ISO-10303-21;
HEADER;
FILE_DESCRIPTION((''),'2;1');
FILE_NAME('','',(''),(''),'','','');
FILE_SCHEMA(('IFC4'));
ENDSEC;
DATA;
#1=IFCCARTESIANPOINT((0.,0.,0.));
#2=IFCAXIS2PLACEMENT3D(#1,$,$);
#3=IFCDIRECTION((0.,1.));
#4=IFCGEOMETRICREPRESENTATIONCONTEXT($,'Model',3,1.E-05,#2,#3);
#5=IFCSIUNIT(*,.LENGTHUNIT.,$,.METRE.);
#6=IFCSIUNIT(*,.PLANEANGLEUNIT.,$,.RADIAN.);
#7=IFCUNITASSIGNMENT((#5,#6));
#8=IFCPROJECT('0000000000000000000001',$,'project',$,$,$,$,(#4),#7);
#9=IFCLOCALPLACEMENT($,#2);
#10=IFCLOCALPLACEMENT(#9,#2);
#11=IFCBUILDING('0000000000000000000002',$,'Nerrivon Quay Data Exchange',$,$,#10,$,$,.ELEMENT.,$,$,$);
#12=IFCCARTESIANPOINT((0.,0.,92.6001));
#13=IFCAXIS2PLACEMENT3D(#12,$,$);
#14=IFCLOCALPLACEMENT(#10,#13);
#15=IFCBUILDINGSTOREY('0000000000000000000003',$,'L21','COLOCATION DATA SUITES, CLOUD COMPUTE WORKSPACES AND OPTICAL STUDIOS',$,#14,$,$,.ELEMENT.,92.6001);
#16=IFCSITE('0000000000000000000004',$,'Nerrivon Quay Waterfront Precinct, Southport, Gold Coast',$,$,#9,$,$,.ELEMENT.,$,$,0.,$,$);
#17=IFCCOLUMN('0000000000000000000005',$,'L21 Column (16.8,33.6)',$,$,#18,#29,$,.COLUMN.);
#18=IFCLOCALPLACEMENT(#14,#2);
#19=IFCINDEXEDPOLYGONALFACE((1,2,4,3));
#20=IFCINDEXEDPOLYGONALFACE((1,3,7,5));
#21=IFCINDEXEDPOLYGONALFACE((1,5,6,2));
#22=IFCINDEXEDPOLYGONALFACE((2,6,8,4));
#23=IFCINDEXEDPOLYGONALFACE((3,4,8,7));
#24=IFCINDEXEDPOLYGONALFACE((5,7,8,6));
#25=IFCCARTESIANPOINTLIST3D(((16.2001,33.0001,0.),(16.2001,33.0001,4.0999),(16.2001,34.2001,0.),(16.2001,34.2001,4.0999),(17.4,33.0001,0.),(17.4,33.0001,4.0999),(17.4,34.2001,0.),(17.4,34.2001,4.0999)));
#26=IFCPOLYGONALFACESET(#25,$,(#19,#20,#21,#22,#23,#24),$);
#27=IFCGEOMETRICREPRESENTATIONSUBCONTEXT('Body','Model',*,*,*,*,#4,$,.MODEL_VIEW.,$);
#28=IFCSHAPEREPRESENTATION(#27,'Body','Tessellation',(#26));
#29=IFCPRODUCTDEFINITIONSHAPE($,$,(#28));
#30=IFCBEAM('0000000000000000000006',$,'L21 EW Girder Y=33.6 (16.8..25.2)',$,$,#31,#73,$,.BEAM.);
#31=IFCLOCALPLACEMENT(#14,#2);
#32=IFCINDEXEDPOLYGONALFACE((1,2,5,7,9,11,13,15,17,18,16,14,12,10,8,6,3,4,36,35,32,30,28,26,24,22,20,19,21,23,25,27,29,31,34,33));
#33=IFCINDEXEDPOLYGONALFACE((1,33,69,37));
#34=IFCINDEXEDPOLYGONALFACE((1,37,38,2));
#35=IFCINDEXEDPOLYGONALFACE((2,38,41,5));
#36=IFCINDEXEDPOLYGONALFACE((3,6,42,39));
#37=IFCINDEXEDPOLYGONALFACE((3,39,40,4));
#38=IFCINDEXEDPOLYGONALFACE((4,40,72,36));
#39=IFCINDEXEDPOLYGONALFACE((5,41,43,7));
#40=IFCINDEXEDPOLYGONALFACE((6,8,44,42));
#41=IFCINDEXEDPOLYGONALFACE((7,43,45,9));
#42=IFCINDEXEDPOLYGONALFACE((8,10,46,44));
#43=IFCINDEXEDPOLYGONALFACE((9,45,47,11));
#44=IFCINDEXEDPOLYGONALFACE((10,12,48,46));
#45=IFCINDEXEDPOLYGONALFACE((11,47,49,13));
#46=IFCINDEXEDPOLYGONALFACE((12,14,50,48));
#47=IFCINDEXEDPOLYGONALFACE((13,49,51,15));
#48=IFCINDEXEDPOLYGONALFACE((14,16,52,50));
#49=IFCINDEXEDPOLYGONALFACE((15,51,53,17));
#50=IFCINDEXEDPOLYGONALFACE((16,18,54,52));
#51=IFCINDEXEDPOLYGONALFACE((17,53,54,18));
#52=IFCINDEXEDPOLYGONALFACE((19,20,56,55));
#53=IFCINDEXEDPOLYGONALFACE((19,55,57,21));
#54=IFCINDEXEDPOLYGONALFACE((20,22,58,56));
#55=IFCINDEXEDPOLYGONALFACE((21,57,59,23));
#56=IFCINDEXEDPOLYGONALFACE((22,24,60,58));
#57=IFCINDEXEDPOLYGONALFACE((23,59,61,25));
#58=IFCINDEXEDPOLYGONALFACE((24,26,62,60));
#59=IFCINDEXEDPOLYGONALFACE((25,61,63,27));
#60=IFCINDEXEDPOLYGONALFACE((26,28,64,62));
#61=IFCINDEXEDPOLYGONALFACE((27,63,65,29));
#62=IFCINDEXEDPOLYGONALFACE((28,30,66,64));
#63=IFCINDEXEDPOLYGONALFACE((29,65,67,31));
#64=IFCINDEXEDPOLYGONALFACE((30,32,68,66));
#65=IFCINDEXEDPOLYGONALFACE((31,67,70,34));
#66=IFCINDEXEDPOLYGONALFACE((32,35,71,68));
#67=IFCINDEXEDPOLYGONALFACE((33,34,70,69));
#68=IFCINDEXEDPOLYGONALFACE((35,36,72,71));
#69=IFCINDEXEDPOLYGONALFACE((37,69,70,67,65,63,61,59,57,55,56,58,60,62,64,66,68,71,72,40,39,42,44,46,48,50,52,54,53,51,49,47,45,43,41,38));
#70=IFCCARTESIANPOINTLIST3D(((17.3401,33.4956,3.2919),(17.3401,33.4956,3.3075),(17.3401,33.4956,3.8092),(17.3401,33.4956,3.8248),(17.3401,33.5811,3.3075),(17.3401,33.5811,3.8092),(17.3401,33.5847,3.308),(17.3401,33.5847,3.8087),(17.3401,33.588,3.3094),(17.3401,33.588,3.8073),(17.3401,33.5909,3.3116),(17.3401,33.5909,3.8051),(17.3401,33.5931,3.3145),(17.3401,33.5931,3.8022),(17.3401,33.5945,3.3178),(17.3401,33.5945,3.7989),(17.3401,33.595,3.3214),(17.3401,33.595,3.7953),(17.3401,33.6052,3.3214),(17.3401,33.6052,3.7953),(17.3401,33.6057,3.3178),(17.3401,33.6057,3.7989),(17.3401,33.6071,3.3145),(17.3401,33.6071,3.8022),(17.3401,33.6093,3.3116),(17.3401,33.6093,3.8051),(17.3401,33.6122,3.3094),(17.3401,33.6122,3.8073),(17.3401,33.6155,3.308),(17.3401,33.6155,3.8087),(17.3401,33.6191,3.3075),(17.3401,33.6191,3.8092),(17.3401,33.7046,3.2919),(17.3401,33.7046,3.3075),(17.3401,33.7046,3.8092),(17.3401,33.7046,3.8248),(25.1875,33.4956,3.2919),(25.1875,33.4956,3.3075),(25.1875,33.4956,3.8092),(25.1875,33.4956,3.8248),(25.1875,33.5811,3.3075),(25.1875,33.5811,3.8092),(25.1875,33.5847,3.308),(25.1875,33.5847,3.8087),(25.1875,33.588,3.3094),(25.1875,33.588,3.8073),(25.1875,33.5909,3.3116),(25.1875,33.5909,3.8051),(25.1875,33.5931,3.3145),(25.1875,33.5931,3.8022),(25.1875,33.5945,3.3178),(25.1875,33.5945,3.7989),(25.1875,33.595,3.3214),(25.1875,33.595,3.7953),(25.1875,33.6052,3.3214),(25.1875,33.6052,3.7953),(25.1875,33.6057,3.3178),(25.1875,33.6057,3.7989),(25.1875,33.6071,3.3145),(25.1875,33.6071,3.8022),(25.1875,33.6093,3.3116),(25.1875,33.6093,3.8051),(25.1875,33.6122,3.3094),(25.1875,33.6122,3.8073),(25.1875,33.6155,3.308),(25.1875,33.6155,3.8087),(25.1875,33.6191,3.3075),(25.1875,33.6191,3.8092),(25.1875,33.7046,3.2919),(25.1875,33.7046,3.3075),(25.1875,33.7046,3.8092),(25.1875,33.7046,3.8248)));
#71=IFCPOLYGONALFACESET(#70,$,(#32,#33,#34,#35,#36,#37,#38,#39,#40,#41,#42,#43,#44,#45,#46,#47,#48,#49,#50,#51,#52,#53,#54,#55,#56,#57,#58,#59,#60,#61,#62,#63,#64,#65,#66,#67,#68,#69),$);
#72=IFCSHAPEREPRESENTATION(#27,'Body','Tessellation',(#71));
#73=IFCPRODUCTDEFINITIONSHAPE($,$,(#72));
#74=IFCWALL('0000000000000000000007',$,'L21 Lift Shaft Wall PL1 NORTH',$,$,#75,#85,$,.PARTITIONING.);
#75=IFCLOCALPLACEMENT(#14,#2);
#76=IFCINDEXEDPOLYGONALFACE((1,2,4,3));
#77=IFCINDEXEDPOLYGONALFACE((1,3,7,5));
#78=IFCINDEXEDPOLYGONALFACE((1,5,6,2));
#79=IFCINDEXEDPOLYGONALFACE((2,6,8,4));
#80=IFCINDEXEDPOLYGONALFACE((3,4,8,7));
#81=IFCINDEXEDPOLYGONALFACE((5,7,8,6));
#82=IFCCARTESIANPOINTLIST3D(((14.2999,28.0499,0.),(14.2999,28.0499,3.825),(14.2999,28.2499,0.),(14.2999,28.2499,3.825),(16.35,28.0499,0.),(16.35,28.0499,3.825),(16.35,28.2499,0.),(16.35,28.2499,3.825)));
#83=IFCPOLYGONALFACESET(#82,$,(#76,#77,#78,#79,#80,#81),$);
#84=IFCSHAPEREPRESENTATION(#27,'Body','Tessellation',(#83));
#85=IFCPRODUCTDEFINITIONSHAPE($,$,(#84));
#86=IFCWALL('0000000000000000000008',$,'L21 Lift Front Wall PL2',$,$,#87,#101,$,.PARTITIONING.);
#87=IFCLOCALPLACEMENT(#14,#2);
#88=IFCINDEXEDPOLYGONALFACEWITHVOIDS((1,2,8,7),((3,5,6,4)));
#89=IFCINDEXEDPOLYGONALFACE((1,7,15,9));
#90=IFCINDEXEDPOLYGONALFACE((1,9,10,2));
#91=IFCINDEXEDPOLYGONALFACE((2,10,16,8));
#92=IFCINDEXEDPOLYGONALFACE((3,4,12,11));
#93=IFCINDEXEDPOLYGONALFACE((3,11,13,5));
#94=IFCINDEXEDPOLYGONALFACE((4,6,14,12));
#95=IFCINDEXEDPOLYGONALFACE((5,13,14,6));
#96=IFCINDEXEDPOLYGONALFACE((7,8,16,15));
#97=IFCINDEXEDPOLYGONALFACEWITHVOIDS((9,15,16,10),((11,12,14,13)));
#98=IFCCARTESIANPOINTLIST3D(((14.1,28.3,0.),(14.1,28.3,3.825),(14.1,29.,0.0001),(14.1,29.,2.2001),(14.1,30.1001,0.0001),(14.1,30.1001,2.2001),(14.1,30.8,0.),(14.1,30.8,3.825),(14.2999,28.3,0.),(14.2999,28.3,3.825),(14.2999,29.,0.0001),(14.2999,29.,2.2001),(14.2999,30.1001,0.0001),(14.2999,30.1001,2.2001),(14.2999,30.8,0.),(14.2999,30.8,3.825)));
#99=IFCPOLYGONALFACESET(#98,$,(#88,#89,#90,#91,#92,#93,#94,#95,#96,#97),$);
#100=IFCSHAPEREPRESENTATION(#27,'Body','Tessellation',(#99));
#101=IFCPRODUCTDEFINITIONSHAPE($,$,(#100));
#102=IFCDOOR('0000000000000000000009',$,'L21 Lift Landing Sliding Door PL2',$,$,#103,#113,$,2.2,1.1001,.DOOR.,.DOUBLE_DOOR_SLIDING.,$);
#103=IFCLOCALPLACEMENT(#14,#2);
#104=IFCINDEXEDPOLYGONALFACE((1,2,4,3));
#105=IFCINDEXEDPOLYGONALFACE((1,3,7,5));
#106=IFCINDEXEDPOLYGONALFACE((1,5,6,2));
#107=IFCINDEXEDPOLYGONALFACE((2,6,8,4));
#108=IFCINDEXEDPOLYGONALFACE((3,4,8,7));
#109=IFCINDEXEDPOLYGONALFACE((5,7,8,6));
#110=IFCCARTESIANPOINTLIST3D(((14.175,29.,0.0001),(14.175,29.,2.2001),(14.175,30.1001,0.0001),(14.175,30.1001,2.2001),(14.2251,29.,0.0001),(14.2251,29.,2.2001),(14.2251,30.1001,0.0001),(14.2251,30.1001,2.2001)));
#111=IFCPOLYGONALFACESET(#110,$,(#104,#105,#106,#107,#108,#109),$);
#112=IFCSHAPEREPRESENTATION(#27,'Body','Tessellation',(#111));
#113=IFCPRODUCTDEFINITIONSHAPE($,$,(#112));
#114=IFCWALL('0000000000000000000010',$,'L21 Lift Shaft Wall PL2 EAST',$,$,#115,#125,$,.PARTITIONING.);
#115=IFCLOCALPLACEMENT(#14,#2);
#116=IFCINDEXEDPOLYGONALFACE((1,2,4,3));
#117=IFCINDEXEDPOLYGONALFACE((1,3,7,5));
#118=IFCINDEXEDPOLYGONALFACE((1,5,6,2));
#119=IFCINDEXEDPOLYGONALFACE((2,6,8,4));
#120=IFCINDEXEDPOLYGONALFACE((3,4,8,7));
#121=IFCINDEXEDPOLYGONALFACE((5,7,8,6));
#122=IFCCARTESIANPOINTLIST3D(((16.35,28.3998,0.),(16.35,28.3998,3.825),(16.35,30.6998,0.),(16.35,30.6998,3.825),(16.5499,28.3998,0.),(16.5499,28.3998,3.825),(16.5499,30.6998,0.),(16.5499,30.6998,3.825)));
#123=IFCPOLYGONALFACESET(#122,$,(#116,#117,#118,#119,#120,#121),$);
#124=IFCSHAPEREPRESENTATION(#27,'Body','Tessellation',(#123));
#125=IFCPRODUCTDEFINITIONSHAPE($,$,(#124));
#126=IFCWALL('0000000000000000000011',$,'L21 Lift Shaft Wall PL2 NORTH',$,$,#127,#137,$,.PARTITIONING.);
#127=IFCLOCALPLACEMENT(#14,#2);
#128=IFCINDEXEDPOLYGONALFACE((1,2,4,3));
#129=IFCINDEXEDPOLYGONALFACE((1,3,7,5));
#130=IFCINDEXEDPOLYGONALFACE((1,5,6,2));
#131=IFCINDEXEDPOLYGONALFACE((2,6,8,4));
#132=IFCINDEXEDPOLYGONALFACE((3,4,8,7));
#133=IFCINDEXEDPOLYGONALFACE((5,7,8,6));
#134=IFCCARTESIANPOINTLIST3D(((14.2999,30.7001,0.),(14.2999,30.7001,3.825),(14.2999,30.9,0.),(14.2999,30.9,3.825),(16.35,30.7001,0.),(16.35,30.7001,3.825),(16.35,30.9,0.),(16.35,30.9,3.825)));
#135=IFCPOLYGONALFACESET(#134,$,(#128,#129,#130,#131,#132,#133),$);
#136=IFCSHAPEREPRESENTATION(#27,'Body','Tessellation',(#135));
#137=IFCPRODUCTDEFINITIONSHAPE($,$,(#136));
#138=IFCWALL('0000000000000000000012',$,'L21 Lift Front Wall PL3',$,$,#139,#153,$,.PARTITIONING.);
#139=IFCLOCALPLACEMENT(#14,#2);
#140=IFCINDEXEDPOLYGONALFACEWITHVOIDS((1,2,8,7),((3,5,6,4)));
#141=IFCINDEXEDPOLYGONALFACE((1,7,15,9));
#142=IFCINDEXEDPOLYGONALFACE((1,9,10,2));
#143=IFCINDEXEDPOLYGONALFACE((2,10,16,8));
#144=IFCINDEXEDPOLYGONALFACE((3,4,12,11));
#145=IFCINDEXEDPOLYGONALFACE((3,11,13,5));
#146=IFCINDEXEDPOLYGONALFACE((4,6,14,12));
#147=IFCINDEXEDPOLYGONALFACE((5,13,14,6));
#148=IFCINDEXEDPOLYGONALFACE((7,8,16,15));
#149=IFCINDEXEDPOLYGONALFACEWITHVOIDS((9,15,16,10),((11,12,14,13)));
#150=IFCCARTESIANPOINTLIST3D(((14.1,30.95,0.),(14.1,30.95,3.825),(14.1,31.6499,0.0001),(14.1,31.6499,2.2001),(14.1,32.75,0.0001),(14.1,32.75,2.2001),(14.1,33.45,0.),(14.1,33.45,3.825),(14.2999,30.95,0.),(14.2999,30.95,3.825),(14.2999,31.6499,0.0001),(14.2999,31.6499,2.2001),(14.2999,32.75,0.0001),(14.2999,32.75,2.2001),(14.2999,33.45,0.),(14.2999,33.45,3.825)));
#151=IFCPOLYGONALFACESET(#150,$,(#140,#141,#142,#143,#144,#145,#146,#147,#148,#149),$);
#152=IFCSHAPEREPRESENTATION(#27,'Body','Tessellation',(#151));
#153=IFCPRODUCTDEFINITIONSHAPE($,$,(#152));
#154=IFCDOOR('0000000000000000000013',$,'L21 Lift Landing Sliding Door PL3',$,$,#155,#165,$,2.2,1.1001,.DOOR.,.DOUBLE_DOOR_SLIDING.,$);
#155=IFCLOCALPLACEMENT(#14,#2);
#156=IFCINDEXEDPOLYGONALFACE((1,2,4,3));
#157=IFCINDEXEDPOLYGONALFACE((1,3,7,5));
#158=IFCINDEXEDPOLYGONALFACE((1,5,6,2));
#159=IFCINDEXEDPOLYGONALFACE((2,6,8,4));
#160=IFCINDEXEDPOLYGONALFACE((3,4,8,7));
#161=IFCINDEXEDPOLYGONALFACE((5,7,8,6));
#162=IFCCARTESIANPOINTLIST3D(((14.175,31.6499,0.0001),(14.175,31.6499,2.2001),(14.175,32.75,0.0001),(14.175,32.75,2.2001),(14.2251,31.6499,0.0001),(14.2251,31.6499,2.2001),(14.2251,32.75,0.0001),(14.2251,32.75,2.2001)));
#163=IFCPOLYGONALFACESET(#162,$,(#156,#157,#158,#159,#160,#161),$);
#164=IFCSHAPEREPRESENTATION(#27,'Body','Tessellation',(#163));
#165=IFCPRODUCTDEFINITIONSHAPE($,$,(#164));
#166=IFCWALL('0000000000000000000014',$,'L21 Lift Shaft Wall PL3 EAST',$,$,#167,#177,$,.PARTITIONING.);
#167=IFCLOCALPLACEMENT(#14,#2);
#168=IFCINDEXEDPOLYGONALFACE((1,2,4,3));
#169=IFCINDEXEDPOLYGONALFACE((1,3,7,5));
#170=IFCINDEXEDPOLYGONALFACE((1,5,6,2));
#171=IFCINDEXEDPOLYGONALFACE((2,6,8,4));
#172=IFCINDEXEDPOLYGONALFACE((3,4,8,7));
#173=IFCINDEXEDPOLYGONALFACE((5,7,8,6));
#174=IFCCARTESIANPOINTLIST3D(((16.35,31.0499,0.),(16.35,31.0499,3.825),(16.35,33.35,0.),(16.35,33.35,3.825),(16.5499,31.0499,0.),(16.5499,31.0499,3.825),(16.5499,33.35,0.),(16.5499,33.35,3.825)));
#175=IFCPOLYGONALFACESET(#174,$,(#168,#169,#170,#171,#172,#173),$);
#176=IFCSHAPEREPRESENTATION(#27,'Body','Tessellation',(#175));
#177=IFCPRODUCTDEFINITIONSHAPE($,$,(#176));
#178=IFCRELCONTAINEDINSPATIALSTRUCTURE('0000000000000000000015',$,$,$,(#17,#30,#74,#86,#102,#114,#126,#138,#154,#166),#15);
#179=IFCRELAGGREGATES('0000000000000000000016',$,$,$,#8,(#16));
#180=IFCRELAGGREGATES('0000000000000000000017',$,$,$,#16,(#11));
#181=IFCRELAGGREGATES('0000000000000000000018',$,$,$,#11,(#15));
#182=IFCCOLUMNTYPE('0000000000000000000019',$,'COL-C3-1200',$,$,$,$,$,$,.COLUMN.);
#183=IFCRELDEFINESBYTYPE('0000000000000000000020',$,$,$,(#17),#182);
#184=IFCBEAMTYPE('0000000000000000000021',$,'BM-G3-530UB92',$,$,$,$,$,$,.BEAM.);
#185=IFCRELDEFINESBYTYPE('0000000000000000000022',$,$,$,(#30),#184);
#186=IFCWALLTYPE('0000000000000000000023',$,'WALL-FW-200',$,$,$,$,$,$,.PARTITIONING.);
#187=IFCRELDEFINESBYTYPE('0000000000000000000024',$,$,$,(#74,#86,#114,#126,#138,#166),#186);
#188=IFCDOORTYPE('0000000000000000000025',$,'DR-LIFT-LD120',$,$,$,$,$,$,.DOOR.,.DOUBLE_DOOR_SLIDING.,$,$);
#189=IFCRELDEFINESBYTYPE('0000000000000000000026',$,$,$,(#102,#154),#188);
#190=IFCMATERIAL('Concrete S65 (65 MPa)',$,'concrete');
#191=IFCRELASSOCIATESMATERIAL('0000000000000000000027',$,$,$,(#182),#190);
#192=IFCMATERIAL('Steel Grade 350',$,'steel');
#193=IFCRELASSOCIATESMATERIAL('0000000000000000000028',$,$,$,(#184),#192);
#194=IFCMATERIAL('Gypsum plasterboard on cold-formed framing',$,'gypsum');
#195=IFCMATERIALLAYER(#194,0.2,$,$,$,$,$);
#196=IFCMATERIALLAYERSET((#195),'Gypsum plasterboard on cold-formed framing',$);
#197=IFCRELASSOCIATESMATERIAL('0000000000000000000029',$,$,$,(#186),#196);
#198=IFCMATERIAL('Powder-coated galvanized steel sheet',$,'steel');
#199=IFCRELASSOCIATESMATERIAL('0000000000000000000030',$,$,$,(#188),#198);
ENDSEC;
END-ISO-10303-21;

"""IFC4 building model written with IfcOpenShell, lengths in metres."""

from ifc_helpers import new_model, si_unit, direction, frame, frame_2d, origin, origin_2d, place, context, subcontext, project, spatial, rectangle, i_section, extrude, material, layer, layer_set, material_profile, profile_set, type_object, element, fill, save


model = new_model("IFC4")

# Units and contexts
model_context = context("Model", 3, precision=1e-05, world=origin(), true_north=direction((0.0, 1.0)))
body_context = subcontext(model_context, "Body", "Model", "MODEL_VIEW")
ifc_project = project(units=[si_unit("LENGTHUNIT", "METRE"), si_unit("PLANEANGLEUNIT", "RADIAN")], contexts=[model_context])

# Site, building, storey
site_placement = place(None, origin())
site = spatial("IfcSite", under=ifc_project, at=site_placement, Name="Nerrivon Quay Waterfront Precinct, Southport, Gold Coast", CompositionType="ELEMENT", RefElevation=0.0)
building_placement = place(site_placement, origin())
building = spatial("IfcBuilding", under=site, at=building_placement, Name="Nerrivon Quay Data Exchange", CompositionType="ELEMENT")
storey_placement = place(building_placement, frame((0.0, 0.0, 92.6001)))
storey = spatial("IfcBuildingStorey", under=building, at=storey_placement, Name="L21", Description="COLOCATION DATA SUITES, CLOUD COMPUTE WORKSPACES AND OPTICAL STUDIOS", CompositionType="ELEMENT", Elevation=92.6001)

# Column
ifc_material_1 = material(Name="Concrete S65 (65 MPa)", Category="concrete")
ifc_material_profile_1 = material_profile(ifc_material_1, rectangle(XDim=1.2, YDim=1.2, at=origin_2d()), Name="RC-COL-1200x1200")
ifc_profile_set_1 = profile_set([ifc_material_profile_1], Name="Concrete S65 (65 MPa)")
column_type = type_object("IfcColumnType", Name="COL-C3-1200", PredefinedType="COLUMN", material=ifc_profile_set_1)
column_placement = place(storey_placement, frame((16.8, 33.6001, 0.0), z_axis=(0.0, 0.0, 1.0), x_axis=(1.0, 0.0, 0.0)))
element("IfcColumn", 1, at=column_placement, inside=storey, type_object=column_type, Name="L21 Column (16.8,33.6)", PredefinedType="COLUMN", context=body_context, shape_type="SweptSolid", body=[
    extrude(rectangle(XDim=1.2, YDim=1.2, at=origin_2d()), origin(), (0.0, 0.0, 1.0), 4.0999),
])

# Beam
ifc_material_2 = material(Name="Steel Grade 350", Category="steel")
ifc_material_profile_2 = material_profile(ifc_material_2, i_section(OverallWidth=0.209, OverallDepth=0.533, WebThickness=0.0103, FlangeThickness=0.0156, FilletRadius=0.0139, at=origin_2d()), Name="530UB92.4")
ifc_profile_set_2 = profile_set([ifc_material_profile_2], Name="Steel Grade 350")
beam_type = type_object("IfcBeamType", Name="BM-G3-530UB92", PredefinedType="BEAM", material=ifc_profile_set_2)
beam_placement = place(storey_placement, frame((17.3401, 33.6001, 3.5583), z_axis=(1.0, 0.0, 0.0), x_axis=(0.0, 1.0, 0.0)))
element("IfcBeam", 2, at=beam_placement, inside=storey, type_object=beam_type, Name="L21 EW Girder Y=33.6 (16.8..25.2)", PredefinedType="BEAM", context=body_context, shape_type="SweptSolid", body=[
    extrude(i_section(OverallWidth=0.209, OverallDepth=0.533, WebThickness=0.0103, FlangeThickness=0.0156, FilletRadius=0.0139, at=origin_2d()), origin(), (0.0, 0.0, 1.0), 7.8474),
])

# Wall
ifc_material_3 = material(Name="Gypsum plasterboard on cold-formed framing", Category="gypsum")
ifc_layer_1 = layer(ifc_material_3, 0.2)
ifc_layer_set_1 = layer_set([ifc_layer_1], Name="Gypsum plasterboard on cold-formed framing")
wall_type_1 = type_object("IfcWallType", Name="WALL-FW-200", PredefinedType="PARTITIONING", material=ifc_layer_set_1)
wall_1_placement = place(storey_placement, frame((14.3, 28.1499, 0.0), z_axis=(0.0, 0.0, 1.0), x_axis=(1.0, 0.0, 0.0)))
element("IfcWall", 3, at=wall_1_placement, inside=storey, type_object=wall_type_1, Name="L21 Lift Shaft Wall PL1 NORTH", PredefinedType="PARTITIONING", context=body_context, shape_type="SweptSolid", body=[
    extrude(rectangle(XDim=2.05, YDim=0.2, at=frame_2d((1.0249, 0.0))), origin(), (0.0, 0.0, 1.0), 3.825),
])

# Wall, opening, door
wall_2_placement = place(storey_placement, frame((14.2, 28.3, 0.0), z_axis=(0.0, 0.0, 1.0), x_axis=(0.0, 1.0, 0.0)))
wall_2 = element("IfcWall", 4, at=wall_2_placement, inside=storey, type_object=wall_type_1, Name="L21 Lift Front Wall PL2", PredefinedType="PARTITIONING", context=body_context, shape_type="SweptSolid", body=[
    extrude(rectangle(XDim=2.5, YDim=0.2, at=frame_2d((1.25, 0.0))), origin(), (0.0, 0.0, 1.0), 3.825),
])
opening_1_placement = place(wall_2_placement, frame((0.7, 0.0, 0.0)))
opening_1 = element("IfcOpeningElement", 5, at=opening_1_placement, cuts=wall_2, PredefinedType="OPENING", context=body_context, shape_type="SweptSolid", body=[
    extrude(rectangle(XDim=1.1001, YDim=2.2, at=frame_2d((0.55, 1.1001))), frame((0.0, 0.1099, 0.0), z_axis=(0.0, -1.0, 0.0), x_axis=(1.0, 0.0, 0.0)), (0.0, 0.0, 1.0), 0.22),
])
ifc_material_4 = material(Name="Powder-coated galvanized steel sheet", Category="steel")
door_type_1 = type_object("IfcDoorType", Name="DR-LIFT-LD120", OperationType="DOUBLE_DOOR_SLIDING", PredefinedType="DOOR", material=ifc_material_4)
door_1_placement = place(opening_1_placement, origin())
door_1 = element("IfcDoor", 6, at=door_1_placement, inside=storey, type_object=door_type_1, Name="L21 Lift Landing Sliding Door PL2", OperationType="DOUBLE_DOOR_SLIDING", OverallHeight=2.2, OverallWidth=1.1001, PredefinedType="DOOR", context=body_context, shape_type="SweptSolid", body=[
    extrude(rectangle(XDim=1.1001, YDim=2.2, at=frame_2d((0.55, 1.1001))), frame((0.0, 0.0249, 0.0), z_axis=(0.0, -1.0, 0.0), x_axis=(1.0, 0.0, 0.0)), (0.0, 0.0, 1.0), 0.05),
])
fill(opening_1, door_1)

# Walls
wall_3_placement = place(storey_placement, frame((16.45, 28.3999, 0.0), z_axis=(0.0, 0.0, 1.0), x_axis=(0.0, 1.0, 0.0)))
element("IfcWall", 7, at=wall_3_placement, inside=storey, type_object=wall_type_1, Name="L21 Lift Shaft Wall PL2 EAST", PredefinedType="PARTITIONING", context=body_context, shape_type="SweptSolid", body=[
    extrude(rectangle(XDim=2.3, YDim=0.2, at=frame_2d((1.1499, 0.0))), origin(), (0.0, 0.0, 1.0), 3.825),
])
wall_4_placement = place(storey_placement, frame((14.3, 30.8, 0.0), z_axis=(0.0, 0.0, 1.0), x_axis=(1.0, 0.0, 0.0)))
element("IfcWall", 8, at=wall_4_placement, inside=storey, type_object=wall_type_1, Name="L21 Lift Shaft Wall PL2 NORTH", PredefinedType="PARTITIONING", context=body_context, shape_type="SweptSolid", body=[
    extrude(rectangle(XDim=2.05, YDim=0.2, at=frame_2d((1.0249, 0.0))), origin(), (0.0, 0.0, 1.0), 3.825),
])

# Wall, opening, door
wall_5_placement = place(storey_placement, frame((14.2, 30.95, 0.0), z_axis=(0.0, 0.0, 1.0), x_axis=(0.0, 1.0, 0.0)))
wall_5 = element("IfcWall", 9, at=wall_5_placement, inside=storey, type_object=wall_type_1, Name="L21 Lift Front Wall PL3", PredefinedType="PARTITIONING", context=body_context, shape_type="SweptSolid", body=[
    extrude(rectangle(XDim=2.5, YDim=0.2, at=frame_2d((1.25, 0.0))), origin(), (0.0, 0.0, 1.0), 3.825),
])
opening_2_placement = place(wall_5_placement, frame((0.7, 0.0, 0.0)))
opening_2 = element("IfcOpeningElement", 10, at=opening_2_placement, cuts=wall_5, PredefinedType="OPENING", context=body_context, shape_type="SweptSolid", body=[
    extrude(rectangle(XDim=1.1001, YDim=2.2, at=frame_2d((0.55, 1.1001))), frame((0.0, 0.1099, 0.0), z_axis=(0.0, -1.0, 0.0), x_axis=(1.0, 0.0, 0.0)), (0.0, 0.0, 1.0), 0.22),
])
door_2_placement = place(opening_2_placement, origin())
door_2 = element("IfcDoor", 11, at=door_2_placement, inside=storey, type_object=door_type_1, Name="L21 Lift Landing Sliding Door PL3", OperationType="DOUBLE_DOOR_SLIDING", OverallHeight=2.2, OverallWidth=1.1001, PredefinedType="DOOR", context=body_context, shape_type="SweptSolid", body=[
    extrude(rectangle(XDim=1.1001, YDim=2.2, at=frame_2d((0.55, 1.1001))), frame((0.0, 0.0249, 0.0), z_axis=(0.0, -1.0, 0.0), x_axis=(1.0, 0.0, 0.0)), (0.0, 0.0, 1.0), 0.05),
])
fill(opening_2, door_2)

# Wall
wall_6_placement = place(storey_placement, frame((16.45, 31.05, 0.0), z_axis=(0.0, 0.0, 1.0), x_axis=(0.0, 1.0, 0.0)))
element("IfcWall", 12, at=wall_6_placement, inside=storey, type_object=wall_type_1, Name="L21 Lift Shaft Wall PL3 EAST", PredefinedType="PARTITIONING", context=body_context, shape_type="SweptSolid", body=[
    extrude(rectangle(XDim=2.3, YDim=0.2, at=frame_2d((1.1499, 0.0))), origin(), (0.0, 0.0, 1.0), 3.825),
])

save(model, "model.ifc")
